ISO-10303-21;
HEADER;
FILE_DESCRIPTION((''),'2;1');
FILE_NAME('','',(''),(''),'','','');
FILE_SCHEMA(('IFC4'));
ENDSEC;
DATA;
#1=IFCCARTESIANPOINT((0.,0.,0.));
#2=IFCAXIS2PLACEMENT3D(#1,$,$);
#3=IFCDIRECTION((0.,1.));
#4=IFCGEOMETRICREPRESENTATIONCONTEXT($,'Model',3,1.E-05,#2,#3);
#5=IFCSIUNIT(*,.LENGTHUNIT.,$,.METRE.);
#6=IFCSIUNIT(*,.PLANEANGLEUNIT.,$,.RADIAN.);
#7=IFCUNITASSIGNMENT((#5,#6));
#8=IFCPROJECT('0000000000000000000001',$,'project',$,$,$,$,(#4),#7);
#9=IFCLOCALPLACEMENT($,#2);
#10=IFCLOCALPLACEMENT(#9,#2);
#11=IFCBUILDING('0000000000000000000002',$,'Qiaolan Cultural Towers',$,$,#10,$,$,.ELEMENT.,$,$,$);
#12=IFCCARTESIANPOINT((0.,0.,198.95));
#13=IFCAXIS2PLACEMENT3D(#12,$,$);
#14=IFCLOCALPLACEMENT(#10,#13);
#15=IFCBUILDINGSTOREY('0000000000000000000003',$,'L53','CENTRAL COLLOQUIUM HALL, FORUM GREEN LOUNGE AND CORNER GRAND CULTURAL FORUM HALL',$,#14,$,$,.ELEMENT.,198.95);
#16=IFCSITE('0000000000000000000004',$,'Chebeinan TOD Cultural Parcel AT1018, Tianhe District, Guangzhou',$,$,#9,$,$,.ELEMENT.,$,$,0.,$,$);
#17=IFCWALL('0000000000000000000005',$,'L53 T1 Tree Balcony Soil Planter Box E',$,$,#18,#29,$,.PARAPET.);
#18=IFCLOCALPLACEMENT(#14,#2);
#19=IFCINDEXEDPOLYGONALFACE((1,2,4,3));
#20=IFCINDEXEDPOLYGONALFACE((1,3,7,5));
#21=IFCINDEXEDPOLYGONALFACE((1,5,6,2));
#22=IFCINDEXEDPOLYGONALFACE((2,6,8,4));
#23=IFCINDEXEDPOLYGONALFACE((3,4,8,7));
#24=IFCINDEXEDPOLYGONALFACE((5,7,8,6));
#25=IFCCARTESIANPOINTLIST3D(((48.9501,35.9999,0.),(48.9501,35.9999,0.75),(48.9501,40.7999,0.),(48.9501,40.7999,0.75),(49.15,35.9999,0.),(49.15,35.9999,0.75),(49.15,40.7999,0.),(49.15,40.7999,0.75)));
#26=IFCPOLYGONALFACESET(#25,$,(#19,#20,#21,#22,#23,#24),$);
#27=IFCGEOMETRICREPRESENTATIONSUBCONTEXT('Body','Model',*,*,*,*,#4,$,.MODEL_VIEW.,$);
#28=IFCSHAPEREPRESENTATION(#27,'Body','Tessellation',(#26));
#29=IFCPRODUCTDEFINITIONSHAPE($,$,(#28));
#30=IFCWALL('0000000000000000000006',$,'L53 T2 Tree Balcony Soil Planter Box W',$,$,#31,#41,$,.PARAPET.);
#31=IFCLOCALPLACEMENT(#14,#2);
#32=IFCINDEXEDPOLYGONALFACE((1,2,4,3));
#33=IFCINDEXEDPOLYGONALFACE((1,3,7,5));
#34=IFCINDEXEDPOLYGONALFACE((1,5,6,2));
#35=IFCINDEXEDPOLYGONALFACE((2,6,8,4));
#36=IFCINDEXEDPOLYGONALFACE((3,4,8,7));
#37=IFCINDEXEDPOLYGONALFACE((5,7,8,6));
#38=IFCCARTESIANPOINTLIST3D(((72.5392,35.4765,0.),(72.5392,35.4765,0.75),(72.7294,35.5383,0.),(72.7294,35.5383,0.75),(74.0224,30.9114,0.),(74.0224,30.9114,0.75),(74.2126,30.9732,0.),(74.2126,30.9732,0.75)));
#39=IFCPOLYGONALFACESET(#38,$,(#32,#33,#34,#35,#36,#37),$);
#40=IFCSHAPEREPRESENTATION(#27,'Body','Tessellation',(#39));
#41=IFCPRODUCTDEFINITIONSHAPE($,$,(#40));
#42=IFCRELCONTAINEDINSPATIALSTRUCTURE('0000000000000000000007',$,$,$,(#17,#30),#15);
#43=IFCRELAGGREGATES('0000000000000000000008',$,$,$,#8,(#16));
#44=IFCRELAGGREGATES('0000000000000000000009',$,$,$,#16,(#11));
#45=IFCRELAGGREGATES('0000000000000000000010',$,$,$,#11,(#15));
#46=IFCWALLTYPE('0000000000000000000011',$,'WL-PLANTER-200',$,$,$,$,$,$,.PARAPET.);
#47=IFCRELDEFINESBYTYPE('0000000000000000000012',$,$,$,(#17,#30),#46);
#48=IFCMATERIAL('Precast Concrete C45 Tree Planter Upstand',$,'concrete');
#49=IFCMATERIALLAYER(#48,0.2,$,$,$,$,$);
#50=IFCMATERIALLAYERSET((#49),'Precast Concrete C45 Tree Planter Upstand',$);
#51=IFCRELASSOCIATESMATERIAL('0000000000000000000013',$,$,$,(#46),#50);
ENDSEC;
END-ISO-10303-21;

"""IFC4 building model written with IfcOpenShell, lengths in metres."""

from ifc_helpers import new_model, si_unit, direction, frame, frame_2d, origin, place, context, subcontext, project, spatial, rectangle, extrude, material, layer, layer_set, type_object, element, save


model = new_model("IFC4")

# Units and contexts
model_context = context("Model", 3, precision=1e-05, world=origin(), true_north=direction((0.0, 1.0)))
body_context = subcontext(model_context, "Body", "Model", "MODEL_VIEW")
ifc_project = project(units=[si_unit("LENGTHUNIT", "METRE"), si_unit("PLANEANGLEUNIT", "RADIAN")], contexts=[model_context])

# Site, building, storey
site_placement = place(None, origin())
site = spatial("IfcSite", under=ifc_project, at=site_placement, Name="Chebeinan TOD Cultural Parcel AT1018, Tianhe District, Guangzhou", CompositionType="ELEMENT", RefElevation=0.0)
building_placement = place(site_placement, origin())
building = spatial("IfcBuilding", under=site, at=building_placement, Name="Qiaolan Cultural Towers", CompositionType="ELEMENT")
storey_placement = place(building_placement, frame((0.0, 0.0, 198.95)))
storey = spatial("IfcBuildingStorey", under=building, at=storey_placement, Name="L53", Description="CENTRAL COLLOQUIUM HALL, FORUM GREEN LOUNGE AND CORNER GRAND CULTURAL FORUM HALL", CompositionType="ELEMENT", Elevation=198.95)

# Walls
ifc_material_1 = material(Name="Precast Concrete C45 Tree Planter Upstand", Category="concrete")
ifc_layer_1 = layer(ifc_material_1, 0.2)
ifc_layer_set_1 = layer_set([ifc_layer_1], Name="Precast Concrete C45 Tree Planter Upstand")
wall_type_1 = type_object("IfcWallType", Name="WL-PLANTER-200", PredefinedType="PARAPET", material=ifc_layer_set_1)
for number, where, z_axis, x_axis, name in (
    (1, (49.05, 36.0, 0.0), (0.0, 0.0, 1.0), (0.0, 1.0, 0.0), "L53 T1 Tree Balcony Soil Planter Box E"),
    (2, (74.1174, 30.9424, 0.0), (0.0, 0.0, 1.0), (-0.308986, 0.951067, 0.0), "L53 T2 Tree Balcony Soil Planter Box W"),
):
    element("IfcWall", number, at=place(storey_placement, frame(where, z_axis=z_axis, x_axis=x_axis)), inside=storey, type_object=wall_type_1, Name=name, PredefinedType="PARAPET", context=body_context, shape_type="SweptSolid", body=[
        extrude(rectangle(XDim=4.8, YDim=0.2, at=frame_2d((2.3999, 0.0))), origin(), (0.0, 0.0, 1.0), 0.75),
    ])

save(model, "model.ifc")
